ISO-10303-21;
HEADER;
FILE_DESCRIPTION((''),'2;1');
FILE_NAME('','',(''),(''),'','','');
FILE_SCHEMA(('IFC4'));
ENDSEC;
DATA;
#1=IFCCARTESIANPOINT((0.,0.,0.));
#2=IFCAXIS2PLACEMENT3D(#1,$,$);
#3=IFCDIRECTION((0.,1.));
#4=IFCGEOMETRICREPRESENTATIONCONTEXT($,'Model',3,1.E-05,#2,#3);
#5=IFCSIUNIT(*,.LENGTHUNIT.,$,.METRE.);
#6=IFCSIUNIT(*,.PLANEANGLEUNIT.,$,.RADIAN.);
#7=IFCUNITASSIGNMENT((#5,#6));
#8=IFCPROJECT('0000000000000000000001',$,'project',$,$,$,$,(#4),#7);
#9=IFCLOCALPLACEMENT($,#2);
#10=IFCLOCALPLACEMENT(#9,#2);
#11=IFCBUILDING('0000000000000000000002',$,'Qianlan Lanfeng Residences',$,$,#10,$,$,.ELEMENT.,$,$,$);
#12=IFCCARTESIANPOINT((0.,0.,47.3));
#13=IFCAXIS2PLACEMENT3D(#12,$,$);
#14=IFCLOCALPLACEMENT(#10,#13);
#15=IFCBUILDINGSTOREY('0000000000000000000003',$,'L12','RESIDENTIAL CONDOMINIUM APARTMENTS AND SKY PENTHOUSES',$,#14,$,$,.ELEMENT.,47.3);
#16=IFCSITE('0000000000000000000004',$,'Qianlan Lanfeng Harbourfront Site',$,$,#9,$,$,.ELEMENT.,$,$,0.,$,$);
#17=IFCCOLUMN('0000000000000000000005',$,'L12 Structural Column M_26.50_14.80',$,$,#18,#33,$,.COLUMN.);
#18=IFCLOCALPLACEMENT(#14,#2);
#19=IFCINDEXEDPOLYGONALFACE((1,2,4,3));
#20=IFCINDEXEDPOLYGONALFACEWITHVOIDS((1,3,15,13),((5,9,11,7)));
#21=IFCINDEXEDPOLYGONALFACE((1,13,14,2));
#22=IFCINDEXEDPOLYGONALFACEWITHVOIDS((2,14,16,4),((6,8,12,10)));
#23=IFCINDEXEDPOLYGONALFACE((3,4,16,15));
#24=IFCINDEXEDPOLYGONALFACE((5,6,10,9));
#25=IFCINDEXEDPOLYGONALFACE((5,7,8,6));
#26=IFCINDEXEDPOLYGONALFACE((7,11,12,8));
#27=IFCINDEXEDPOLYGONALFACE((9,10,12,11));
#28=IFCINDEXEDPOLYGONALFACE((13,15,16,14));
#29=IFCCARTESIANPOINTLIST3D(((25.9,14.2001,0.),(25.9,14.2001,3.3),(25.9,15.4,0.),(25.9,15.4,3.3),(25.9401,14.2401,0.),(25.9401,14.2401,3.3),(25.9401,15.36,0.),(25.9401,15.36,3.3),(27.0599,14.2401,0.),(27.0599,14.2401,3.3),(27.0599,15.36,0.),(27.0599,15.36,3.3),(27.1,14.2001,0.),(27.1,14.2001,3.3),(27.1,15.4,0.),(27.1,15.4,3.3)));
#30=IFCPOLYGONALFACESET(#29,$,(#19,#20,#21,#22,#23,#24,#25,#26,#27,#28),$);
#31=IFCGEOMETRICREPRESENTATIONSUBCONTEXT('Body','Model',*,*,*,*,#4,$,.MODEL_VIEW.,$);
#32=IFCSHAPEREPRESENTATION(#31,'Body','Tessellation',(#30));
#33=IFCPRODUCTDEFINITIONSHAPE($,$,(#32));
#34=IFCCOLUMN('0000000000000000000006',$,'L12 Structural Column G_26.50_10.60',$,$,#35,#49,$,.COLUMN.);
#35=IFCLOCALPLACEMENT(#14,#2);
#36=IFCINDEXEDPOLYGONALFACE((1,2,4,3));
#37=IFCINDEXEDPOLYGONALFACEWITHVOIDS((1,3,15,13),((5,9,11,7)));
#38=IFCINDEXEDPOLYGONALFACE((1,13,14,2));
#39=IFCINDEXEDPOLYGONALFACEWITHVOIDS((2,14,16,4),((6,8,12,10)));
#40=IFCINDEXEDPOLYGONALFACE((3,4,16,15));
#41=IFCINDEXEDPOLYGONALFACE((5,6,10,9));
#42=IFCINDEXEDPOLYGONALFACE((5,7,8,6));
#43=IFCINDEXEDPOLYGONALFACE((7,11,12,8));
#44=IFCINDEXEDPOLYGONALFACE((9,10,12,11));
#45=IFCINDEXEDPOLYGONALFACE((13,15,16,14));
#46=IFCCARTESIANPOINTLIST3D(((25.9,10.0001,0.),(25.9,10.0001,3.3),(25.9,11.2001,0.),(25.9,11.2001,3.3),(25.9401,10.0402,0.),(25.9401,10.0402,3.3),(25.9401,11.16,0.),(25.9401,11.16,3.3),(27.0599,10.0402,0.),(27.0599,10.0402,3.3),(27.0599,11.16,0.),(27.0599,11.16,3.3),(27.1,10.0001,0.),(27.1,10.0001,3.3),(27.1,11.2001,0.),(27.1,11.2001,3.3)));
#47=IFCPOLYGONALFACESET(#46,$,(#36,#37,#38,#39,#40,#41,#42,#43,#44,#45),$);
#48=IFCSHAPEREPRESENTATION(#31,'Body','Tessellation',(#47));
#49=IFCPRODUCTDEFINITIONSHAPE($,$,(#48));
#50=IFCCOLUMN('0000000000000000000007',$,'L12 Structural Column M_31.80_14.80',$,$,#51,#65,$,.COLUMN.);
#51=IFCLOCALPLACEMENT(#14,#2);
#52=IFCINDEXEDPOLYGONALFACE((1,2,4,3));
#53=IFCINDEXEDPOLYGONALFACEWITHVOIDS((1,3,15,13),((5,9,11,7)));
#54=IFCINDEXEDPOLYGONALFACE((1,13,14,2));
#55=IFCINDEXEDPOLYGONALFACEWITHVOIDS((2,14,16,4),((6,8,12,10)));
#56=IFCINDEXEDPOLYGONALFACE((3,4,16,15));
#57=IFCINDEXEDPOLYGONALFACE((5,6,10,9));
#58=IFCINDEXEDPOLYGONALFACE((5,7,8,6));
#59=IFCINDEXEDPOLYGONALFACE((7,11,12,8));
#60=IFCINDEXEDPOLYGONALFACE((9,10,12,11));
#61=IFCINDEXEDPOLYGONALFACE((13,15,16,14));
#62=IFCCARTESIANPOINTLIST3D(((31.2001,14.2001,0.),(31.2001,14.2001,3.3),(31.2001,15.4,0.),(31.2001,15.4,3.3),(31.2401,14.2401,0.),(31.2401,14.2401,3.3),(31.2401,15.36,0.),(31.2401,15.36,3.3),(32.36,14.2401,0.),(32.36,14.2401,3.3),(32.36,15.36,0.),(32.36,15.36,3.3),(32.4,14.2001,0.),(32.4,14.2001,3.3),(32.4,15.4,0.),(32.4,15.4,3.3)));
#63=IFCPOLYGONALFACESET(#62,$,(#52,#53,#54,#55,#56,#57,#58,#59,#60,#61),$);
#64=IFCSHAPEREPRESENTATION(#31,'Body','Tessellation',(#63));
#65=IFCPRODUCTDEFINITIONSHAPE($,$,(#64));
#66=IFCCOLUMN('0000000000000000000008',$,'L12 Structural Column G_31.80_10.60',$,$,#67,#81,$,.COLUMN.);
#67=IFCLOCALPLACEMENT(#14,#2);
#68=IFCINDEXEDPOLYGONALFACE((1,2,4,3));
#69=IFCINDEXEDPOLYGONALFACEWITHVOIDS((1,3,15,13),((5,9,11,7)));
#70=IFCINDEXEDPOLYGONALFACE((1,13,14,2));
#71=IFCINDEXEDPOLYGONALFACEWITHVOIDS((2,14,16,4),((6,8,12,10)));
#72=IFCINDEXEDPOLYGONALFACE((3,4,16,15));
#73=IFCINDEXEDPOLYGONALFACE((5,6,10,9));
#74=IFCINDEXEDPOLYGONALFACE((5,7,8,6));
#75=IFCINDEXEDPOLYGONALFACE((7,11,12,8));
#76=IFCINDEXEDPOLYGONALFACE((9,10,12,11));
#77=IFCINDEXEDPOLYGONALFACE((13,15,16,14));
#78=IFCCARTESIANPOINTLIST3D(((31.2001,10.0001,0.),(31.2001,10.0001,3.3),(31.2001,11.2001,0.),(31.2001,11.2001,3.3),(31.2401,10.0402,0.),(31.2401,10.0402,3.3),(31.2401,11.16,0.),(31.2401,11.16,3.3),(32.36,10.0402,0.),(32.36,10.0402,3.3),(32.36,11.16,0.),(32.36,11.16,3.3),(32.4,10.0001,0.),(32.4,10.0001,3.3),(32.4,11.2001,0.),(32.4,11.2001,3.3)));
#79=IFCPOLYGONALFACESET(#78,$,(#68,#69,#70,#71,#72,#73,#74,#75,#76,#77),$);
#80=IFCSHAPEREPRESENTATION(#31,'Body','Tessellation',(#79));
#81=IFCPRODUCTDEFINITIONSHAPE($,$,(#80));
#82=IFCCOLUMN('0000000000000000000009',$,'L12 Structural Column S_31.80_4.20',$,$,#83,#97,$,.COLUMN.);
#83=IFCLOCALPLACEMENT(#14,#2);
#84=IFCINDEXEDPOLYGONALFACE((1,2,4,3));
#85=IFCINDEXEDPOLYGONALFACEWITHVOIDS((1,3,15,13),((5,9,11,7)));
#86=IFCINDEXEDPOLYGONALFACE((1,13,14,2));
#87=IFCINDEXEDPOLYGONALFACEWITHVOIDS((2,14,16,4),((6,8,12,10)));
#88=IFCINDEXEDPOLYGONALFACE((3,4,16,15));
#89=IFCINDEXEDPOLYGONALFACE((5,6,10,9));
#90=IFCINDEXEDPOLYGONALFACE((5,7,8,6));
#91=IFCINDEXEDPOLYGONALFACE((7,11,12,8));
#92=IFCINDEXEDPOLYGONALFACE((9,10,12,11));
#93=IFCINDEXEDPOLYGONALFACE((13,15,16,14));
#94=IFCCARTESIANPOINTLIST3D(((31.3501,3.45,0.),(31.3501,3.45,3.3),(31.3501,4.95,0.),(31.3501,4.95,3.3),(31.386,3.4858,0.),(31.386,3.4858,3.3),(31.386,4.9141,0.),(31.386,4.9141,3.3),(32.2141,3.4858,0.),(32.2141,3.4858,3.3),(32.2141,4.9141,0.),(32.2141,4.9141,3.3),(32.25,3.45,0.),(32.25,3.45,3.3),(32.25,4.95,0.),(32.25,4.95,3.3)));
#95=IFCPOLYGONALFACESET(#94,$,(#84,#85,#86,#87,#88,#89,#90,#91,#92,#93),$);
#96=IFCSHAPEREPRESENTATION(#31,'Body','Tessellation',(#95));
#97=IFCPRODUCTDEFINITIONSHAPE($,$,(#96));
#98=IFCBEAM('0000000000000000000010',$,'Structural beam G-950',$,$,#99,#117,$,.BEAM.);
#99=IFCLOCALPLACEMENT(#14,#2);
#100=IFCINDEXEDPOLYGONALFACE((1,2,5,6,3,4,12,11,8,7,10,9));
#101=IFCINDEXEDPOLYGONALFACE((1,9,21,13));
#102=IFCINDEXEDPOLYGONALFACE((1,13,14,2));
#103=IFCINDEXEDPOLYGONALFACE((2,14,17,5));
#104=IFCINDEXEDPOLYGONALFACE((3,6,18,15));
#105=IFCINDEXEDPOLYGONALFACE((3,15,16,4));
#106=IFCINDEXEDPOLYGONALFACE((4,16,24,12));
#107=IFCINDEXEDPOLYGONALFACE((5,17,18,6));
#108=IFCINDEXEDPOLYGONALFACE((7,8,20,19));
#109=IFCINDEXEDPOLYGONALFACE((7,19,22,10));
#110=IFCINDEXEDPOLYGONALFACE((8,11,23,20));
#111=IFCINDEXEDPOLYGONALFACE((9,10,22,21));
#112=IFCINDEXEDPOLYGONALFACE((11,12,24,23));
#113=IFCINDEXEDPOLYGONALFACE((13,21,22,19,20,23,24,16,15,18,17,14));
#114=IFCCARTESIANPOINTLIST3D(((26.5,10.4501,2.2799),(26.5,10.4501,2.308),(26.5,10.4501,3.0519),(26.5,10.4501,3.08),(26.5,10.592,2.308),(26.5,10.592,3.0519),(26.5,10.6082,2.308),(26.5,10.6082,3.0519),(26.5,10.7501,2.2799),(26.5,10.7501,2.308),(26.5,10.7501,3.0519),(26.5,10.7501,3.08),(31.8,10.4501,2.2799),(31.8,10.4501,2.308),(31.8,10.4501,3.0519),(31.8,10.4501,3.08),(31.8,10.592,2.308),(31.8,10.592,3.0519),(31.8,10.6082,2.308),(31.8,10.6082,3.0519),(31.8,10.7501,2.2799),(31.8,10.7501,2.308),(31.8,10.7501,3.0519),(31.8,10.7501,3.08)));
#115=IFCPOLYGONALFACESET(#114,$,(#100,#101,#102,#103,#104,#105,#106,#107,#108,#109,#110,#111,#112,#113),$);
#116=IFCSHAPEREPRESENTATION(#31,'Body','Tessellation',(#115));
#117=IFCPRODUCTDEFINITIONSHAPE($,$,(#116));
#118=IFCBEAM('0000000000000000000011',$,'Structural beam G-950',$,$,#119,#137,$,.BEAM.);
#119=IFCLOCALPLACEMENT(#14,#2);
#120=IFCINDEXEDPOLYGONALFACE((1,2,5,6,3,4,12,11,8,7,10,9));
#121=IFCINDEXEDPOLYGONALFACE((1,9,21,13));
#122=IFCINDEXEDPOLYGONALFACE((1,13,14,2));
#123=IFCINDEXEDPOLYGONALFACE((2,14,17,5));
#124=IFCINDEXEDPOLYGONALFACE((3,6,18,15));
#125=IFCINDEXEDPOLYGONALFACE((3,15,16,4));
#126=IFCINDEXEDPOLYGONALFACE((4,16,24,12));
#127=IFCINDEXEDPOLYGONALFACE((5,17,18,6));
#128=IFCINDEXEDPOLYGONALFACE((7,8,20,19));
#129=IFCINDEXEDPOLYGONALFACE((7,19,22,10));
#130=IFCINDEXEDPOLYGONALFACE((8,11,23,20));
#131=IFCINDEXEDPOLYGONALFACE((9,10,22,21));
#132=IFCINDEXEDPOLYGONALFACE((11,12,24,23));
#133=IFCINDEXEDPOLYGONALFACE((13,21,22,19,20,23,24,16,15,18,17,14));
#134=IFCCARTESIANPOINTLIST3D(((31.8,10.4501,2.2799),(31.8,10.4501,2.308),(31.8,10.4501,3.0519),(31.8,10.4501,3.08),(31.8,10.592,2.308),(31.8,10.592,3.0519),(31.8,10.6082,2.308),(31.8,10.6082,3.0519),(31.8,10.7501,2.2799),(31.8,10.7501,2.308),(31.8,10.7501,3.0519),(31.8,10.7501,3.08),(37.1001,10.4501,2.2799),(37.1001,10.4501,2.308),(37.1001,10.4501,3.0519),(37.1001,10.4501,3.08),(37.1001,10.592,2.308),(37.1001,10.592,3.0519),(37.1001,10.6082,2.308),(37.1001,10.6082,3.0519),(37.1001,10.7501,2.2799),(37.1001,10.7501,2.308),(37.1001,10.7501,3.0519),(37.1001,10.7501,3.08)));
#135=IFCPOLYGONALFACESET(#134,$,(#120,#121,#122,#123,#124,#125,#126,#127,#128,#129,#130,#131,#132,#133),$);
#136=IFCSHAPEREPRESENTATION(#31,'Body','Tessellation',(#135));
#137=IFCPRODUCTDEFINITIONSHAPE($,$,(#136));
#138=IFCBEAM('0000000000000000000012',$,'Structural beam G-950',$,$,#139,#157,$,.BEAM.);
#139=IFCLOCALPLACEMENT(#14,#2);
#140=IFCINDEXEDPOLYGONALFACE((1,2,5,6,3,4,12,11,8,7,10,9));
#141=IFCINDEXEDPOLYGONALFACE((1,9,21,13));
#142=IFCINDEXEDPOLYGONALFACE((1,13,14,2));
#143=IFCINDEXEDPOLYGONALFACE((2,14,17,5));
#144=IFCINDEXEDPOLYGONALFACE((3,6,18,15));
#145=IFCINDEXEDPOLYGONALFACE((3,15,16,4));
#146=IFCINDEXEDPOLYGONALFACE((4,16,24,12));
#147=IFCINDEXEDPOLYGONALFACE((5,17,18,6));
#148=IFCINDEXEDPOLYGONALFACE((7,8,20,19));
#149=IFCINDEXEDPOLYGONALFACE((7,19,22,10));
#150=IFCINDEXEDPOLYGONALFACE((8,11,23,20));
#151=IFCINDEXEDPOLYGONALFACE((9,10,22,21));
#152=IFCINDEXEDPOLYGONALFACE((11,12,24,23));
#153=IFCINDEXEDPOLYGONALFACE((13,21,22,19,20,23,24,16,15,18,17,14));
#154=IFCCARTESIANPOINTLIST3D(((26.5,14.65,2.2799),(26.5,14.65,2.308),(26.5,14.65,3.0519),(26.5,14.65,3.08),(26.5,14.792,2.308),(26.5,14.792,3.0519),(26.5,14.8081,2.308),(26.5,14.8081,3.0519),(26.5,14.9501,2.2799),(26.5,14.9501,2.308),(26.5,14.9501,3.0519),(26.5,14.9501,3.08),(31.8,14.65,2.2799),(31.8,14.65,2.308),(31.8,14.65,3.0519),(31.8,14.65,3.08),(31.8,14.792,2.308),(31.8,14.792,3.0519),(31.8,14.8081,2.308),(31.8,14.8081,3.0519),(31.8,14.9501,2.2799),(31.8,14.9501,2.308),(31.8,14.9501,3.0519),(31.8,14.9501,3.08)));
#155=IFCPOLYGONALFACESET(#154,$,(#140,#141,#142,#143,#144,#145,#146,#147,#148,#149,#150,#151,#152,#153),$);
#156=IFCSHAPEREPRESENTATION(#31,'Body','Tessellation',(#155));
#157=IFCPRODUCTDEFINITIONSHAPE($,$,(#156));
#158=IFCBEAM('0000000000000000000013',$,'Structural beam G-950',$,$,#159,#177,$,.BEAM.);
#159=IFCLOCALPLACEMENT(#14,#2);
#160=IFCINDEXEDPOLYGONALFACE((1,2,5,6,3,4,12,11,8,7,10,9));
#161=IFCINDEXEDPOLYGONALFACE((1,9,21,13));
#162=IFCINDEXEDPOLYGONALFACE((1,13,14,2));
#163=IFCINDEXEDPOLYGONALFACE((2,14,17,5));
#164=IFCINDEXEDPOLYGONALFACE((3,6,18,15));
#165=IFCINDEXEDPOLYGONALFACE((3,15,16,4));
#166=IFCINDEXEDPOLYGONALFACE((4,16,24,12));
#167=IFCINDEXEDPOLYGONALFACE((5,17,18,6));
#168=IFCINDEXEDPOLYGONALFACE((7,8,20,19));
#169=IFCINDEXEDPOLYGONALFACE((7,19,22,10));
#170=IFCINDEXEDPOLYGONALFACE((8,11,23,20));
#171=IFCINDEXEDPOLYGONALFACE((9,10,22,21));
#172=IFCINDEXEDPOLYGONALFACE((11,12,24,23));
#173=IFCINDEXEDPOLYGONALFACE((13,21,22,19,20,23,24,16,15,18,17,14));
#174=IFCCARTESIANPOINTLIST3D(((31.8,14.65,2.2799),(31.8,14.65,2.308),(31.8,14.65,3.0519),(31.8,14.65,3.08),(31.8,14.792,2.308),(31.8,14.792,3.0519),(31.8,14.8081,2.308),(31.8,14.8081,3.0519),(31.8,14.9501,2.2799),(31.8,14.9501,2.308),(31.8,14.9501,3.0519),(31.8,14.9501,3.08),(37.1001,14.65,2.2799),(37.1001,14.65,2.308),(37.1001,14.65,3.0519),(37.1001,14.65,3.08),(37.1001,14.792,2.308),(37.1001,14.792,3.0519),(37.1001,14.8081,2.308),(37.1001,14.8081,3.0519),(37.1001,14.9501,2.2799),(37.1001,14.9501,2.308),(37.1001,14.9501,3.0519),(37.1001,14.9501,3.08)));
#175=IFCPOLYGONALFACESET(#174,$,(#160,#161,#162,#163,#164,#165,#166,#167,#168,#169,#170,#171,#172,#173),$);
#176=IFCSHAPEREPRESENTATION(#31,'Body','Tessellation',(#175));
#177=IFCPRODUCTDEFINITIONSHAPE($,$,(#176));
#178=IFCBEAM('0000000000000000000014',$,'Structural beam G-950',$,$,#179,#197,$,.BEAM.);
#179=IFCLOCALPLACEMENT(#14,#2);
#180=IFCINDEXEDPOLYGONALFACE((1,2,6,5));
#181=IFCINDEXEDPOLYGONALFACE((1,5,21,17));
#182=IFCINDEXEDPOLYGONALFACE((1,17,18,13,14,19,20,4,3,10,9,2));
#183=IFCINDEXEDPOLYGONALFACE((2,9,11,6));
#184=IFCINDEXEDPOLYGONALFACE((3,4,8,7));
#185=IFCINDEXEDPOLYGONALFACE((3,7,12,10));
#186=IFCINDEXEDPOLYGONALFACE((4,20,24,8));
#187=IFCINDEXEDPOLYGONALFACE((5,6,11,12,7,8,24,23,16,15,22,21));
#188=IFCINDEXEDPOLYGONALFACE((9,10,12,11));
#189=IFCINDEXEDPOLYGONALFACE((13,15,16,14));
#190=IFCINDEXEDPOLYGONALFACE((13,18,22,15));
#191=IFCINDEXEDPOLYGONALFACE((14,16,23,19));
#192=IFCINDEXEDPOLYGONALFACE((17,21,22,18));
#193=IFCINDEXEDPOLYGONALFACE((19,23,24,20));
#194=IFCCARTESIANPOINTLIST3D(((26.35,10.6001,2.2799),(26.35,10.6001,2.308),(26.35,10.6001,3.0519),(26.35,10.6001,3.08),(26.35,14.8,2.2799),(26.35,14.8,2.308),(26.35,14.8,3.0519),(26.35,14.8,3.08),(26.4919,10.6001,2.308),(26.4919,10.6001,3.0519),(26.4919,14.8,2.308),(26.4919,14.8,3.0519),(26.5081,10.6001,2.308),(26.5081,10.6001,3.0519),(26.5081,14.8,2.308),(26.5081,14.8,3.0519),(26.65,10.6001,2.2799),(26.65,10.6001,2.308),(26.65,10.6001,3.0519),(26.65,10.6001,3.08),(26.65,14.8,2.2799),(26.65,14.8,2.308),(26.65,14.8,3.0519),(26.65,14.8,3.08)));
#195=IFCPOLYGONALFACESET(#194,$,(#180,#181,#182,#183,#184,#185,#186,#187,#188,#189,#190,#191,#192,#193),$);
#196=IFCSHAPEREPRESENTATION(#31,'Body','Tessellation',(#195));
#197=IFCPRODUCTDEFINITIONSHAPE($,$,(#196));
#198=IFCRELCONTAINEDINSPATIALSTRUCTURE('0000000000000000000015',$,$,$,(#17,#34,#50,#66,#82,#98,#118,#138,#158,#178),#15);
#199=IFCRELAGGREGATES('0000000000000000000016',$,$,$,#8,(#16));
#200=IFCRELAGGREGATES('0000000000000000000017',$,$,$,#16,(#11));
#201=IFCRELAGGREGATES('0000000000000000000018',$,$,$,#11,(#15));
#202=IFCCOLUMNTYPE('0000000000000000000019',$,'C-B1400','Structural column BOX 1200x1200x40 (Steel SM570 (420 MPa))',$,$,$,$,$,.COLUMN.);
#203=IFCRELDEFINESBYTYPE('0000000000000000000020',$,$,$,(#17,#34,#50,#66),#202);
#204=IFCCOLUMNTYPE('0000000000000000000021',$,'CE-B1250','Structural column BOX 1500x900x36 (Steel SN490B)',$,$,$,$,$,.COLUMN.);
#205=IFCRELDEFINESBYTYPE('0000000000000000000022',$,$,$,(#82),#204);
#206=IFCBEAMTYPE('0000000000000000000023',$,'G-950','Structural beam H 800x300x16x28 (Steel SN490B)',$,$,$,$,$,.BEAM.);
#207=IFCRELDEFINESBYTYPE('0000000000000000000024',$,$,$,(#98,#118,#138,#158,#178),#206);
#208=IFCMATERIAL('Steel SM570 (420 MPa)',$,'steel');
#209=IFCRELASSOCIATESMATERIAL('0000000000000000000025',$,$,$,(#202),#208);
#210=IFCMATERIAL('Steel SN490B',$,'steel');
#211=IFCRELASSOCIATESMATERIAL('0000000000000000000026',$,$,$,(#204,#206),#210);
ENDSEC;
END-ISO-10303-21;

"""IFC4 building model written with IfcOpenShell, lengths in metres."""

from ifc_helpers import new_model, si_unit, direction, frame, origin, origin_2d, place, context, subcontext, project, spatial, hollow_rectangle, i_section, extrude, material, material_profile, profile_set, type_object, element, save


model = new_model("IFC4")

# Units and contexts
model_context = context("Model", 3, precision=1e-05, world=origin(), true_north=direction((0.0, 1.0)))
body_context = subcontext(model_context, "Body", "Model", "MODEL_VIEW")
ifc_project = project(units=[si_unit("LENGTHUNIT", "METRE"), si_unit("PLANEANGLEUNIT", "RADIAN")], contexts=[model_context])

# Site, building, storey
site_placement = place(None, origin())
site = spatial("IfcSite", under=ifc_project, at=site_placement, Name="Qianlan Lanfeng Harbourfront Site", CompositionType="ELEMENT", RefElevation=0.0)
building_placement = place(site_placement, origin())
building = spatial("IfcBuilding", under=site, at=building_placement, Name="Qianlan Lanfeng Residences", CompositionType="ELEMENT")
storey_placement = place(building_placement, frame((0.0, 0.0, 47.3)))
storey = spatial("IfcBuildingStorey", under=building, at=storey_placement, Name="L12", Description="RESIDENTIAL CONDOMINIUM APARTMENTS AND SKY PENTHOUSES", CompositionType="ELEMENT", Elevation=47.3)

# Columns
ifc_material_1 = material(Name="Steel SM570 (420 MPa)", Category="steel")
ifc_material_profile_1 = material_profile(ifc_material_1, hollow_rectangle(XDim=1.2, YDim=1.2, WallThickness=0.04, at=origin_2d()), Name="BOX 1200x1200x40")
ifc_profile_set_1 = profile_set([ifc_material_profile_1], Name="Steel SM570 (420 MPa)")
column_type_1 = type_object("IfcColumnType", Name="C-B1400", Description="Structural column BOX 1200x1200x40 (Steel SM570 (420 MPa))", PredefinedType="COLUMN", material=ifc_profile_set_1)
for number, where, z_axis, x_axis, name in (
    (1, (26.5, 14.8, 0.0), (0.0, 0.0, 1.0), (1.0, 0.0, 0.0), "L12 Structural Column M_26.50_14.80"),
    (2, (26.5, 10.6001, 0.0), (0.0, 0.0, 1.0), (1.0, 0.0, 0.0), "L12 Structural Column G_26.50_10.60"),
    (3, (31.8, 14.8, 0.0), (0.0, 0.0, 1.0), (1.0, 0.0, 0.0), "L12 Structural Column M_31.80_14.80"),
    (4, (31.8, 10.6001, 0.0), (0.0, 0.0, 1.0), (1.0, 0.0, 0.0), "L12 Structural Column G_31.80_10.60"),
):
    element("IfcColumn", number, at=place(storey_placement, frame(where, z_axis=z_axis, x_axis=x_axis)), inside=storey, type_object=column_type_1, Name=name, PredefinedType="COLUMN", context=body_context, shape_type="SweptSolid", body=[
        extrude(hollow_rectangle(XDim=1.2, YDim=1.2, WallThickness=0.04, at=origin_2d()), origin(), (0.0, 0.0, 1.0), 3.3),
    ])
ifc_material_2 = material(Name="Steel SN490B", Category="steel")
ifc_material_profile_2 = material_profile(ifc_material_2, hollow_rectangle(XDim=0.8999, YDim=1.5, WallThickness=0.0359, at=origin_2d()), Name="BOX 1500x900x36")
ifc_profile_set_2 = profile_set([ifc_material_profile_2], Name="Steel SN490B")
column_type_2 = type_object("IfcColumnType", Name="CE-B1250", Description="Structural column BOX 1500x900x36 (Steel SN490B)", PredefinedType="COLUMN", material=ifc_profile_set_2)
column_placement = place(storey_placement, frame((31.8, 4.2, 0.0), z_axis=(0.0, 0.0, 1.0), x_axis=(1.0, 0.0, 0.0)))
element("IfcColumn", 5, at=column_placement, inside=storey, type_object=column_type_2, Name="L12 Structural Column S_31.80_4.20", PredefinedType="COLUMN", context=body_context, shape_type="SweptSolid", body=[
    extrude(hollow_rectangle(XDim=0.8999, YDim=1.5, WallThickness=0.0359, at=origin_2d()), origin(), (0.0, 0.0, 1.0), 3.3),
])

# Beams
ifc_material_profile_3 = material_profile(ifc_material_2, i_section(OverallWidth=0.3, OverallDepth=0.8, WebThickness=0.0161, FlangeThickness=0.0281, at=origin_2d()), Name="H 800x300x16x28")
ifc_profile_set_3 = profile_set([ifc_material_profile_3], Name="Steel SN490B")
beam_type_1 = type_object("IfcBeamType", Name="G-950", Description="Structural beam H 800x300x16x28 (Steel SN490B)", PredefinedType="BEAM", material=ifc_profile_set_3)
for number, where, z_axis, x_axis, name in (
    (6, (26.5, 10.6001, 2.6799), (1.0, 0.0, 0.0), (0.0, 1.0, 0.0), "Structural beam G-950"),
    (7, (31.8, 10.6001, 2.6799), (1.0, 0.0, 0.0), (0.0, 1.0, 0.0), "Structural beam G-950"),
    (8, (26.5, 14.8, 2.6799), (1.0, 0.0, 0.0), (0.0, 1.0, 0.0), "Structural beam G-950"),
    (9, (31.8, 14.8, 2.6799), (1.0, 0.0, 0.0), (0.0, 1.0, 0.0), "Structural beam G-950"),
):
    element("IfcBeam", number, at=place(storey_placement, frame(where, z_axis=z_axis, x_axis=x_axis)), inside=storey, type_object=beam_type_1, Name=name, PredefinedType="BEAM", context=body_context, shape_type="SweptSolid", body=[
        extrude(i_section(OverallWidth=0.3, OverallDepth=0.8, WebThickness=0.0161, FlangeThickness=0.0281, at=origin_2d()), origin(), (0.0, 0.0, 1.0), 5.3),
    ])
beam_1_placement = place(storey_placement, frame((26.5, 10.6001, 2.6799), z_axis=(0.0, 1.0, 0.0), x_axis=(-1.0, 0.0, 0.0)))
element("IfcBeam", 10, at=beam_1_placement, inside=storey, type_object=beam_type_1, Name="Structural beam G-950", PredefinedType="BEAM", context=body_context, shape_type="SweptSolid", body=[
    extrude(i_section(OverallWidth=0.3, OverallDepth=0.8, WebThickness=0.0161, FlangeThickness=0.0281, at=origin_2d()), origin(), (0.0, 0.0, 1.0), 4.2),
])

save(model, "model.ifc")
